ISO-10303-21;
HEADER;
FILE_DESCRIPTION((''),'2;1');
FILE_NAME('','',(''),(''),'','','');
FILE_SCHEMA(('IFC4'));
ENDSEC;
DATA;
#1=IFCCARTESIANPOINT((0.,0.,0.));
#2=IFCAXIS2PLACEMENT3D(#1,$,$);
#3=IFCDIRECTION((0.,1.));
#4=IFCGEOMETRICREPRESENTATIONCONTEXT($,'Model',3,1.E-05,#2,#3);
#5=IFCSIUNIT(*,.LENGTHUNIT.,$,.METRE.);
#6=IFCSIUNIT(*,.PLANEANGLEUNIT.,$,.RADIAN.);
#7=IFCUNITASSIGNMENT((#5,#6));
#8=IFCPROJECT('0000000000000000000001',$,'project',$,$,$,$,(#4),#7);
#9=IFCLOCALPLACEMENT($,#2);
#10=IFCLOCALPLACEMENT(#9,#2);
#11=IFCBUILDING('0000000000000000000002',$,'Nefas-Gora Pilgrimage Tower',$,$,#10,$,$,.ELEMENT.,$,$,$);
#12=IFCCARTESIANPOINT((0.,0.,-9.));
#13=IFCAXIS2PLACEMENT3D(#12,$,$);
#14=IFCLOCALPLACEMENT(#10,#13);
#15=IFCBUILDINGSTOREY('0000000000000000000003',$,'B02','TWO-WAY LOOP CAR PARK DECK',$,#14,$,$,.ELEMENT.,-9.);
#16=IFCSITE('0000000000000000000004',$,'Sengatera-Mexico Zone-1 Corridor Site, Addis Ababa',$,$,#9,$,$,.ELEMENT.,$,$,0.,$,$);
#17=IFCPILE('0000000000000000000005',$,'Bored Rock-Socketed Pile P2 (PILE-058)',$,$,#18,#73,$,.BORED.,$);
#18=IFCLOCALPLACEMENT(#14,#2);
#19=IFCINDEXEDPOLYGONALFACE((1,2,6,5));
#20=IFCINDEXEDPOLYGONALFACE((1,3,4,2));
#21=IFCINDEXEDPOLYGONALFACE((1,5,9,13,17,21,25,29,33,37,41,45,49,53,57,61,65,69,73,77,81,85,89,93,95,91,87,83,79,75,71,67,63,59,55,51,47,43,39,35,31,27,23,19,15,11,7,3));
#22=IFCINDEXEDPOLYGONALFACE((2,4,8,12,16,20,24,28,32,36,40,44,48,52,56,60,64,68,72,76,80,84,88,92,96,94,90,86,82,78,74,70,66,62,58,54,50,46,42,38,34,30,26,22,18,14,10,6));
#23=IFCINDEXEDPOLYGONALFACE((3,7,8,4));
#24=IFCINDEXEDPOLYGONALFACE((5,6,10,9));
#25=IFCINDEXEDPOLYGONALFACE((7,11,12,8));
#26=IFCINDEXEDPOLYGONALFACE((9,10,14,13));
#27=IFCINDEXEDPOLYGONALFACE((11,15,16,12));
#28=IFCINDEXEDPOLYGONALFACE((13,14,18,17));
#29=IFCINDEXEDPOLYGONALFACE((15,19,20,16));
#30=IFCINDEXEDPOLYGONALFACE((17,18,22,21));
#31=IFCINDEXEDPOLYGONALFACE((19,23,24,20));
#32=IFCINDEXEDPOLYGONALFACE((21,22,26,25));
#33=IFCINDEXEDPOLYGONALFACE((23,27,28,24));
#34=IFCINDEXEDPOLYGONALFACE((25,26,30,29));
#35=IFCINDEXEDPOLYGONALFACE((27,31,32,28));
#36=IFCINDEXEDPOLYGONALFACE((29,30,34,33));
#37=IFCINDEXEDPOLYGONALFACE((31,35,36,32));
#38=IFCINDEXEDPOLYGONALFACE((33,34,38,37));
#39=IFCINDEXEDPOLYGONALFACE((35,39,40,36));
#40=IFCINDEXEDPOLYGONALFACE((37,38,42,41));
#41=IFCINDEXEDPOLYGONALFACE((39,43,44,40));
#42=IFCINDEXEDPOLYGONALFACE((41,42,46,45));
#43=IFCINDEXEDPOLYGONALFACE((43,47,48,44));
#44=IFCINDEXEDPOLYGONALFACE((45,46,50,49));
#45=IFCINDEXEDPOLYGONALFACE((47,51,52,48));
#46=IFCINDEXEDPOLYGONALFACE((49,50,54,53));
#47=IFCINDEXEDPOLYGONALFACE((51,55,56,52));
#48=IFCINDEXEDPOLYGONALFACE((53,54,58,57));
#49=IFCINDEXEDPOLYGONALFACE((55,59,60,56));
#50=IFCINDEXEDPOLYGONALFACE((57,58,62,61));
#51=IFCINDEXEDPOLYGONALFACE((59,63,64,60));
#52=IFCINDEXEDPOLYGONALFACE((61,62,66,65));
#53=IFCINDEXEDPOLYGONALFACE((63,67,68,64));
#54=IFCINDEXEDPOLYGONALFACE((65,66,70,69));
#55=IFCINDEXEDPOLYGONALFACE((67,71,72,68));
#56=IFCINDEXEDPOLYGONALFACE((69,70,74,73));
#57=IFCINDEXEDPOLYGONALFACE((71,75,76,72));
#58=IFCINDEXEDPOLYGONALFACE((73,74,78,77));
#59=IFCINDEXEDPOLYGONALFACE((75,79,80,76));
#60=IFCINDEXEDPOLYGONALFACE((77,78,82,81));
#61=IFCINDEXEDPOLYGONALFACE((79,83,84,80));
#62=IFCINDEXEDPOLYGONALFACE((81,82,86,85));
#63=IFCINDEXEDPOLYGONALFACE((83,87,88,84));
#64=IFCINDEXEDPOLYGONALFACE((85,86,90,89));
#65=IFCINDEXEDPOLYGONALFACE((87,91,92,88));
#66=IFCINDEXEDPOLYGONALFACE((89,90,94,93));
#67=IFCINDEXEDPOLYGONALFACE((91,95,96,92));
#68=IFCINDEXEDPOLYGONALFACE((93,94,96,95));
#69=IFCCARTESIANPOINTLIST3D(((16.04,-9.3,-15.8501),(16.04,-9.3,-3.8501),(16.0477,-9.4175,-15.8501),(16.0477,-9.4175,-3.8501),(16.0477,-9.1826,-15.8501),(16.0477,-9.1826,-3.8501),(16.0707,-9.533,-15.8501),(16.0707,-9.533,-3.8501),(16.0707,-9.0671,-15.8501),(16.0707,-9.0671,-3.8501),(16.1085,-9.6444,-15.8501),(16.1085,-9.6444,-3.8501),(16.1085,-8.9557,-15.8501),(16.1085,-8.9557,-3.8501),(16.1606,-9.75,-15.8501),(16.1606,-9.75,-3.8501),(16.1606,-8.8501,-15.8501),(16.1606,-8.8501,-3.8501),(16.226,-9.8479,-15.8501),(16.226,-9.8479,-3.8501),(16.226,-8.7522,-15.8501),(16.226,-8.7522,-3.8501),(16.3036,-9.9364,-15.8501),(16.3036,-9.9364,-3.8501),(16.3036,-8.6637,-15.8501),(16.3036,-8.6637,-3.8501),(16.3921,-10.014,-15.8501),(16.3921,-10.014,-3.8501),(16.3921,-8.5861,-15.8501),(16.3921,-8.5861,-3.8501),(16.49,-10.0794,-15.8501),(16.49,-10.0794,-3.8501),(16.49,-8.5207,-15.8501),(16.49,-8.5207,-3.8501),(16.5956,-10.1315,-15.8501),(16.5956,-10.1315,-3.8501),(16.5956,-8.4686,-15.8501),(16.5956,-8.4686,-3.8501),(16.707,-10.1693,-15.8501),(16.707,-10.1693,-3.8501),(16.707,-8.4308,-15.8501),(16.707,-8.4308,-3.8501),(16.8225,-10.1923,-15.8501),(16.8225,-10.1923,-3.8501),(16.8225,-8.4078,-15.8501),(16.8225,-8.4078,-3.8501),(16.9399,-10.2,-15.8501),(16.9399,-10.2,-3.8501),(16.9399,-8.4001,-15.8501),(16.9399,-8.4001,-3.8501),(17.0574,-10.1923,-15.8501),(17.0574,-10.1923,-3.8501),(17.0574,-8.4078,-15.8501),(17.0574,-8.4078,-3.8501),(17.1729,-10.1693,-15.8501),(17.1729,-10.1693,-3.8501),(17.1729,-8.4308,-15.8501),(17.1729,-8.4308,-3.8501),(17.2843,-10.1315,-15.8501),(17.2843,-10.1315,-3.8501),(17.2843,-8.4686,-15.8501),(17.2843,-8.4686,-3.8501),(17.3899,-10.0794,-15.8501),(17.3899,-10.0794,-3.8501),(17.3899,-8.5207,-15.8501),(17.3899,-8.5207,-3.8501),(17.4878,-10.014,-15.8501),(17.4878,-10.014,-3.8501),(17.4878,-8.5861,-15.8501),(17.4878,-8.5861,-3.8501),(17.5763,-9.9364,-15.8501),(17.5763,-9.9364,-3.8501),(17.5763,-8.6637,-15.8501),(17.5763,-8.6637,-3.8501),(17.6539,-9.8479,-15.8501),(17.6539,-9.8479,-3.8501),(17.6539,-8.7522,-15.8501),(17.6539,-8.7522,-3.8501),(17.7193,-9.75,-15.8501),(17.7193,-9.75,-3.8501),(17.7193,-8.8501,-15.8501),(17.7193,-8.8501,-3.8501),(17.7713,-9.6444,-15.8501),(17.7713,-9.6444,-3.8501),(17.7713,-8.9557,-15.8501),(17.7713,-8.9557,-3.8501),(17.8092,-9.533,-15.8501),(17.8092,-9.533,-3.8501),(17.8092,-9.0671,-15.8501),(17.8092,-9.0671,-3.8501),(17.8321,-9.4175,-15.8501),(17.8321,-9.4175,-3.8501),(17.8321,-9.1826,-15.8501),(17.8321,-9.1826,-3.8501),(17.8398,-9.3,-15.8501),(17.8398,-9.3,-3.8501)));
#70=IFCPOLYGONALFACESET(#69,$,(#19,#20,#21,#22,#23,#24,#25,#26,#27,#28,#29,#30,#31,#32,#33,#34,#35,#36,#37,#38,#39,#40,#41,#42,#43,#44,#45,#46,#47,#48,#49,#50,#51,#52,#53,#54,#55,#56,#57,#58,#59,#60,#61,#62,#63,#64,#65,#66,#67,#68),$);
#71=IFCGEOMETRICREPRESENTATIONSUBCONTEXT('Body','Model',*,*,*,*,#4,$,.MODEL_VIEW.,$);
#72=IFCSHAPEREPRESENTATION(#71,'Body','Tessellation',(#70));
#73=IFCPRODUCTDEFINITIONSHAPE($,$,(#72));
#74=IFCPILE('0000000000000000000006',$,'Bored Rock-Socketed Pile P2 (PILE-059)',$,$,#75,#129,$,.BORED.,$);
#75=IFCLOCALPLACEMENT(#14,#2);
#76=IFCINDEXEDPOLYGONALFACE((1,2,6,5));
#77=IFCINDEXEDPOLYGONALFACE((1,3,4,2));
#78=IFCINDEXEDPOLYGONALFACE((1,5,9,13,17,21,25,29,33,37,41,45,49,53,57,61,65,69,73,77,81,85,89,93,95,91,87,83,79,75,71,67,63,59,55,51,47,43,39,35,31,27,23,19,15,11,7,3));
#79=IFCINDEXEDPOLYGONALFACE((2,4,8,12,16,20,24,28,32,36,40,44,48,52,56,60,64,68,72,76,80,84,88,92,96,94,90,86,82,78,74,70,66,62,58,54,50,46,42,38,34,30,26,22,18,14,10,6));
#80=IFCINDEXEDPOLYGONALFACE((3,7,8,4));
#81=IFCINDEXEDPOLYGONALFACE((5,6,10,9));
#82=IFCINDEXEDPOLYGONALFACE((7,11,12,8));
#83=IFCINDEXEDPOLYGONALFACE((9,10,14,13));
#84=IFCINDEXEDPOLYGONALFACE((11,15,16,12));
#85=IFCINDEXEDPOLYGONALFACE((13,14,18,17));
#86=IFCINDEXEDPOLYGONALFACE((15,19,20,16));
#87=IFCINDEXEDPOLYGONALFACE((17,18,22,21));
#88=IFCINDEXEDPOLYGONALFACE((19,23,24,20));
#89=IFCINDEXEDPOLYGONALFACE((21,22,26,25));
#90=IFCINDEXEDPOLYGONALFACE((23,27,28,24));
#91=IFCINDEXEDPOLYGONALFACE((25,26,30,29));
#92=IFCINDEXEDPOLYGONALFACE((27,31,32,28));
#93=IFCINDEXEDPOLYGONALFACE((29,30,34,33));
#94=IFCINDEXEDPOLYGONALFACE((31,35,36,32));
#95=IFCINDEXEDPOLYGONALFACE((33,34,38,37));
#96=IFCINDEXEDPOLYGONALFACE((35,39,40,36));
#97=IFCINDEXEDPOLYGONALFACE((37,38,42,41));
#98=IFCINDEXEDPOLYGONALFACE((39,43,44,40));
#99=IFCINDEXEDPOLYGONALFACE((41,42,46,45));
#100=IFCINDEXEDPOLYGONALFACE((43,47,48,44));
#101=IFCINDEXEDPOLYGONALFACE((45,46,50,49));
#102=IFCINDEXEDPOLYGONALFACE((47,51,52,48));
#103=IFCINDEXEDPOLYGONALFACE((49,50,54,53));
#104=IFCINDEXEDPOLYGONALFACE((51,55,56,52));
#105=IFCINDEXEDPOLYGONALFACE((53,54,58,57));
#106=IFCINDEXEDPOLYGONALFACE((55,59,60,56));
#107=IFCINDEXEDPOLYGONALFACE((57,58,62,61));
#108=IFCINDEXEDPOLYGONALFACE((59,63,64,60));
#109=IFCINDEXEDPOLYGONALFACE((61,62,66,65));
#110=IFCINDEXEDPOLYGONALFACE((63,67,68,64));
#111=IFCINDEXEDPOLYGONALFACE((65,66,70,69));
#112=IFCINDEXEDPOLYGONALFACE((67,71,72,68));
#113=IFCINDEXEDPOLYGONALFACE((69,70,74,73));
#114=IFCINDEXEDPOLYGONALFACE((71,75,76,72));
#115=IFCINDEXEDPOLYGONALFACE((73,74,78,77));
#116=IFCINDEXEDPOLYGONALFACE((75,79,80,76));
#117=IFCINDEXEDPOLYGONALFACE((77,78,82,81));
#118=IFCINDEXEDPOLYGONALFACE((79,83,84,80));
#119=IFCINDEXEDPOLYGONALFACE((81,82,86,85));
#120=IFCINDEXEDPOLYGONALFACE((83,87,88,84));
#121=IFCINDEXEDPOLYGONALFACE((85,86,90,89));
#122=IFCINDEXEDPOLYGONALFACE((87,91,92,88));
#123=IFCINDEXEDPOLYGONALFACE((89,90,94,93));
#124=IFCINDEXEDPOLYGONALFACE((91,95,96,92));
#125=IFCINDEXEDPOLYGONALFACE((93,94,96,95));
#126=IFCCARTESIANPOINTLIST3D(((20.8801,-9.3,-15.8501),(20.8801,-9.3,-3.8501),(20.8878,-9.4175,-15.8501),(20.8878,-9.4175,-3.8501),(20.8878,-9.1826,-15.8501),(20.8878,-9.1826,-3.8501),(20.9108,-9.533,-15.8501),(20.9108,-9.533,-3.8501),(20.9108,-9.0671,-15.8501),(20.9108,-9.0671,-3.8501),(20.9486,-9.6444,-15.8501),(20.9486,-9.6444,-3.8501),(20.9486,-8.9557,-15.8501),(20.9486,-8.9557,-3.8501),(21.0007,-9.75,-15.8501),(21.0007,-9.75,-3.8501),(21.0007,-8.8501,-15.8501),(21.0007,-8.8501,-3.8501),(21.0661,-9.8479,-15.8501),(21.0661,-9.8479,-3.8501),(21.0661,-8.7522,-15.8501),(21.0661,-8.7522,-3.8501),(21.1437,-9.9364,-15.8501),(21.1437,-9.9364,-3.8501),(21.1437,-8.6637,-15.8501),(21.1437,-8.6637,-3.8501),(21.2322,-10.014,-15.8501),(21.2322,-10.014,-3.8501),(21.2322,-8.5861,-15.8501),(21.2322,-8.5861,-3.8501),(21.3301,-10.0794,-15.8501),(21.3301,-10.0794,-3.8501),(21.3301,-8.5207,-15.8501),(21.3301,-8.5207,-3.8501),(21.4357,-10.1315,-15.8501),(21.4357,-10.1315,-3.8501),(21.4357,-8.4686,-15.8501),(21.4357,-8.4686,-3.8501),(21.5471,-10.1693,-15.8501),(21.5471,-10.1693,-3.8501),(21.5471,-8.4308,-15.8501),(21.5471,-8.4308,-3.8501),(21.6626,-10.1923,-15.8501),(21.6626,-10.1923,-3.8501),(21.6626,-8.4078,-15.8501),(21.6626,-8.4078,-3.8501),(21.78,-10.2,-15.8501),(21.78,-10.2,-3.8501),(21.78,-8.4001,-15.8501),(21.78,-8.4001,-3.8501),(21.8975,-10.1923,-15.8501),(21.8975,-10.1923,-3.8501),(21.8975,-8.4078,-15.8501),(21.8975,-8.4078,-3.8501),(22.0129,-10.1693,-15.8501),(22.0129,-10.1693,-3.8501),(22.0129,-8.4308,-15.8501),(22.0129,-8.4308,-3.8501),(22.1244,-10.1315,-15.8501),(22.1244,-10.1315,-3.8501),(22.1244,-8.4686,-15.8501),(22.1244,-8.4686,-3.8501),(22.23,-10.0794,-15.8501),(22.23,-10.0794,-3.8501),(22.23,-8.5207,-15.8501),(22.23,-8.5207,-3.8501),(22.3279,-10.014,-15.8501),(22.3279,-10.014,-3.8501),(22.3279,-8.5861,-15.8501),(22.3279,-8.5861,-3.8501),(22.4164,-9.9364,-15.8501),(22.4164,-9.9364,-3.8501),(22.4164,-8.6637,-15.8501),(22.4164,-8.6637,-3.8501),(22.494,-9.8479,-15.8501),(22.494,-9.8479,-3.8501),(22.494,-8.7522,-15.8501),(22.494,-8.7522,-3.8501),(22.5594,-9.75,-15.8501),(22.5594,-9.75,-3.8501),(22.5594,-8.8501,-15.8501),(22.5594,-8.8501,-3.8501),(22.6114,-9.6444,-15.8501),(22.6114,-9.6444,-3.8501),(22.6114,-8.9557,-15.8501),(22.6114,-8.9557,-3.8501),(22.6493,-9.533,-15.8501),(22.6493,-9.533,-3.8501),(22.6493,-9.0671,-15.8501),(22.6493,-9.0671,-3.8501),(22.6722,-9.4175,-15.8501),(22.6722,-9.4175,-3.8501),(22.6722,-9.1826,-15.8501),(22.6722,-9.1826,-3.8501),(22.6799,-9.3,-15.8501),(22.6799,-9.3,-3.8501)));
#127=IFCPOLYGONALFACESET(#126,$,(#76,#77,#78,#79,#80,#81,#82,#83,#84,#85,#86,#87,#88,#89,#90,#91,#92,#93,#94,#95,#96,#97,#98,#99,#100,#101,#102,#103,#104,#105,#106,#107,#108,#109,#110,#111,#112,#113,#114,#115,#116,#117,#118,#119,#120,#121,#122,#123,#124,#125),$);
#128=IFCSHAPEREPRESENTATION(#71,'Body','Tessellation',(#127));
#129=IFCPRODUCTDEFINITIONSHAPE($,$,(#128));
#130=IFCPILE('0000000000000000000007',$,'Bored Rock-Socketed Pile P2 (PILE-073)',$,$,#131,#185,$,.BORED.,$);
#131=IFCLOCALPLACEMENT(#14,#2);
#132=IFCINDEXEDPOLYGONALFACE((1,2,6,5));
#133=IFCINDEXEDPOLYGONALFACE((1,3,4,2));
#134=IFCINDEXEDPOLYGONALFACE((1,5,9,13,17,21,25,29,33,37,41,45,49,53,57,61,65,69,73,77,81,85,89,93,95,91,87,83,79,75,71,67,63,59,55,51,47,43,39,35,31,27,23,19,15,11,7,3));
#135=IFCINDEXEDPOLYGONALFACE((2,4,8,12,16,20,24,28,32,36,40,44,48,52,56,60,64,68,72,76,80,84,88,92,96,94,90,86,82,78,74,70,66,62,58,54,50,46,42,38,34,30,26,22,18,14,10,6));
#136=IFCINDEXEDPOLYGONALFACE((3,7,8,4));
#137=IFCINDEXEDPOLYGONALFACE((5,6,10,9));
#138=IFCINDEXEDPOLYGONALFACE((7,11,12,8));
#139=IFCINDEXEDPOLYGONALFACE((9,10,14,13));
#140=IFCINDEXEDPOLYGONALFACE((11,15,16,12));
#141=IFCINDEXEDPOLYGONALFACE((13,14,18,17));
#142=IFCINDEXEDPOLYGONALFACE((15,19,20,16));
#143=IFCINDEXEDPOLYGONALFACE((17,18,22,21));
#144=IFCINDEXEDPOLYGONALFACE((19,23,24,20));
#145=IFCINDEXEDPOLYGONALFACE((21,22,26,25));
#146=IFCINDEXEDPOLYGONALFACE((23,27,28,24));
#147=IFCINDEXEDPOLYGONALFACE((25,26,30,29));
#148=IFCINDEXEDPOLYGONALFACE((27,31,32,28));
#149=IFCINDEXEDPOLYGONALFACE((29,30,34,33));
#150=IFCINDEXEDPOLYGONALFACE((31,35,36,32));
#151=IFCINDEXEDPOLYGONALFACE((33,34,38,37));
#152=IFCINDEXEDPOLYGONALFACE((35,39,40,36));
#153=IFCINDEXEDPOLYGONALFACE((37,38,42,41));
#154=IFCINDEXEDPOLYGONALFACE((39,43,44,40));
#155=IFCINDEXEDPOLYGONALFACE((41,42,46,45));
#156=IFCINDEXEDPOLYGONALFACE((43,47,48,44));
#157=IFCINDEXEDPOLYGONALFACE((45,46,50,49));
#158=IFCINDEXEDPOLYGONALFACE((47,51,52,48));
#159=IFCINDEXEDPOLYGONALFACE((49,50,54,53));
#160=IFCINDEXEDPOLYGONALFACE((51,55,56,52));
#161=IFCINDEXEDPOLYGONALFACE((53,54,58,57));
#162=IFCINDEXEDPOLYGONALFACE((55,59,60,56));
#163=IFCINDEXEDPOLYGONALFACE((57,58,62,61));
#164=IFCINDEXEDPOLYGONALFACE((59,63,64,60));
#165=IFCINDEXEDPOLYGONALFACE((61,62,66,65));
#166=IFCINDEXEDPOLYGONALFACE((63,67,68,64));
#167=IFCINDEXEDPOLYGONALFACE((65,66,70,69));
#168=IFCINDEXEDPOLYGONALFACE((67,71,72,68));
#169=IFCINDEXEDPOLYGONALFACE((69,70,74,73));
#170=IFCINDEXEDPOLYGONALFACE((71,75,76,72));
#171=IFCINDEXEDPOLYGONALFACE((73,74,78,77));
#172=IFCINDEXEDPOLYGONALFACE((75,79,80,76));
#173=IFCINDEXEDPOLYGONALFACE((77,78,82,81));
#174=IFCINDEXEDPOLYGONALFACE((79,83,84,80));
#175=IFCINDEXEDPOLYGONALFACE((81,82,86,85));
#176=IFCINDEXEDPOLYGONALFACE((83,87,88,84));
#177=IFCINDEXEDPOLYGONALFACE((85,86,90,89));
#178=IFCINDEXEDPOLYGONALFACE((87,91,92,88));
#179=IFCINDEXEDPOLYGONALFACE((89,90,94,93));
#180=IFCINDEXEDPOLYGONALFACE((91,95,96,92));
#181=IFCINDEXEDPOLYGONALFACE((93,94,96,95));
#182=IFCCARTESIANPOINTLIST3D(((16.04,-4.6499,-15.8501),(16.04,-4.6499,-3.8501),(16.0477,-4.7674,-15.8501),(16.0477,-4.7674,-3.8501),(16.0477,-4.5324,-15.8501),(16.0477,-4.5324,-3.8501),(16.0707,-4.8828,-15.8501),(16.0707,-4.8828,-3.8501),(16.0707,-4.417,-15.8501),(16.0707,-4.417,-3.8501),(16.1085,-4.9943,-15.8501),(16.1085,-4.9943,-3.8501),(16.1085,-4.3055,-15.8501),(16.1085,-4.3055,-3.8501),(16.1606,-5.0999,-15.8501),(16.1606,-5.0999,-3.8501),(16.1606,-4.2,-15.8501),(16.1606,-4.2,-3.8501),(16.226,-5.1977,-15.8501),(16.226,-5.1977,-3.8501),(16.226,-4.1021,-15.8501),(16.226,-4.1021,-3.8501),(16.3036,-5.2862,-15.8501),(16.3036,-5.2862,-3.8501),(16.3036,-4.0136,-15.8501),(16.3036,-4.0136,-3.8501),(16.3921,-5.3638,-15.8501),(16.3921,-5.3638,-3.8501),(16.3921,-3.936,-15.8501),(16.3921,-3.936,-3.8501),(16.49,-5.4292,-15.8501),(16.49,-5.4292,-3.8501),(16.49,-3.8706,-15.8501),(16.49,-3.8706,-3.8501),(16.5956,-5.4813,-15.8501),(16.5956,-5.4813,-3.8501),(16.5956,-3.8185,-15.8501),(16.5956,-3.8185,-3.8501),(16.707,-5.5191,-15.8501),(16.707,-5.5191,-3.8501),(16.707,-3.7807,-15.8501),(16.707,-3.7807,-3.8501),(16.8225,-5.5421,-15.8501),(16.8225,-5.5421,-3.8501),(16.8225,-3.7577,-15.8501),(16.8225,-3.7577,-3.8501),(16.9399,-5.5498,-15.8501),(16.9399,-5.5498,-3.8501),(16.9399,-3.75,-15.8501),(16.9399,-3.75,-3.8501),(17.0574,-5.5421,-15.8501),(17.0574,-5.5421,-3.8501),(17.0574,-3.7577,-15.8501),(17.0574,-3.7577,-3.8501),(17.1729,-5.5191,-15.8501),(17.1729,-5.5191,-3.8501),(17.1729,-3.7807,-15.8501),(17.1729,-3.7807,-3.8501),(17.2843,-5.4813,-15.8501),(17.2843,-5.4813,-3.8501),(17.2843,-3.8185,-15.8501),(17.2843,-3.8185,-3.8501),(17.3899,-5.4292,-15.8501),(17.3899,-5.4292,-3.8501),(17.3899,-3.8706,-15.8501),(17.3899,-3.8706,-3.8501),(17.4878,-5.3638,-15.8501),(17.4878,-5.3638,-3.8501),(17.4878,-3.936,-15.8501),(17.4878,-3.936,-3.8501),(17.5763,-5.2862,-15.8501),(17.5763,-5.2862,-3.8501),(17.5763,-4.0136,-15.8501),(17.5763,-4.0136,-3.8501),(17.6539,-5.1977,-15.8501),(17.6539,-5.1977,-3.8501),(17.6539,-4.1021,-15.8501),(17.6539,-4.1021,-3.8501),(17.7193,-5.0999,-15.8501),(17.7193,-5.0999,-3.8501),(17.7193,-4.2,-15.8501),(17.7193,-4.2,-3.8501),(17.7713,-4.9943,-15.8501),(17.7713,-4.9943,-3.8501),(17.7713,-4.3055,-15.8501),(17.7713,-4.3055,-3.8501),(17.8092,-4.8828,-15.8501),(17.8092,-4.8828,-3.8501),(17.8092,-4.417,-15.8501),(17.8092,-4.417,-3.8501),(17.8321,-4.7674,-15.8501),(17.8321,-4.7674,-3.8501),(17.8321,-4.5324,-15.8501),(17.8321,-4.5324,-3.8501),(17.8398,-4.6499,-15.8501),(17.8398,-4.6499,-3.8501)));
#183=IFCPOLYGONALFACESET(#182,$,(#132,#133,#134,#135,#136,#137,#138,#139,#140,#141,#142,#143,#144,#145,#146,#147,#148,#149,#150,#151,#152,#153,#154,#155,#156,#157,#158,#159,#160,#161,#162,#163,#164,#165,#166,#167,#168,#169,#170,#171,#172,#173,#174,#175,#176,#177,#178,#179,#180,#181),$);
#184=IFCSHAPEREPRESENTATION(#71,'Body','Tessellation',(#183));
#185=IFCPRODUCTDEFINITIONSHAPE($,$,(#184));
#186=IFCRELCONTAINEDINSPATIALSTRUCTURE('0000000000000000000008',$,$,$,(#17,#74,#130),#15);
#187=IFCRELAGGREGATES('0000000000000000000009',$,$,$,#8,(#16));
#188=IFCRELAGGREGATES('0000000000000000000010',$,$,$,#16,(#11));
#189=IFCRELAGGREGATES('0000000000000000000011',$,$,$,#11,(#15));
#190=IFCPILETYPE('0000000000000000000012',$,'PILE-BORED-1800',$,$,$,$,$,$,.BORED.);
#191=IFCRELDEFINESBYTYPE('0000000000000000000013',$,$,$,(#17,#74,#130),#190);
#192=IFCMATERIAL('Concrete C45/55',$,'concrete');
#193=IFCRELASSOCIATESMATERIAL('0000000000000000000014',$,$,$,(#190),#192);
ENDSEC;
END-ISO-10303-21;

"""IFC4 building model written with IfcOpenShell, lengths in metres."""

from ifc_helpers import new_model, si_unit, direction, frame, origin, origin_2d, place, context, subcontext, project, spatial, circle, extrude, source, transform, mapped, material, material_profile, profile_set, type_object, element, save


model = new_model("IFC4")

# Units and contexts
model_context = context("Model", 3, precision=1e-05, world=origin(), true_north=direction((0.0, 1.0)))
body_context = subcontext(model_context, "Body", "Model", "MODEL_VIEW")
ifc_project = project(units=[si_unit("LENGTHUNIT", "METRE"), si_unit("PLANEANGLEUNIT", "RADIAN")], contexts=[model_context])

# Site, building, storey
site_placement = place(None, origin())
site = spatial("IfcSite", under=ifc_project, at=site_placement, Name="Sengatera-Mexico Zone-1 Corridor Site, Addis Ababa", CompositionType="ELEMENT", RefElevation=0.0)
building_placement = place(site_placement, origin())
building = spatial("IfcBuilding", under=site, at=building_placement, Name="Nefas-Gora Pilgrimage Tower", CompositionType="ELEMENT")
storey_placement = place(building_placement, frame((0.0, 0.0, -9.0)))
storey = spatial("IfcBuildingStorey", under=building, at=storey_placement, Name="B02", Description="TWO-WAY LOOP CAR PARK DECK", CompositionType="ELEMENT", Elevation=-9.0)

# Piles
ifc_material_1 = material(Name="Concrete C45/55", Category="concrete")
ifc_material_profile_1 = material_profile(ifc_material_1, circle(Radius=0.8999, at=origin_2d()), Name="PILE D1800")
ifc_profile_set_1 = profile_set([ifc_material_profile_1], Name="Concrete C45/55")
pile_type_1 = type_object("IfcPileType", Name="PILE-BORED-1800", PredefinedType="BORED", material=ifc_profile_set_1)
shared_shape_1 = source(origin(), body_context, "Body", "SweptSolid", [
    extrude(circle(Radius=0.8999, at=origin_2d()), origin(), (0.0, 0.0, 1.0), 12.0),
])
for number, where, z_axis, x_axis, name in (
    (1, (16.9399, -9.3, -3.8501), (0.0, 0.0, -1.0), (1.0, 0.0, 0.0), "Bored Rock-Socketed Pile P2 (PILE-058)"),
    (2, (21.78, -9.3, -3.8501), (0.0, 0.0, -1.0), (1.0, 0.0, 0.0), "Bored Rock-Socketed Pile P2 (PILE-059)"),
    (3, (16.9399, -4.6499, -3.8501), (0.0, 0.0, -1.0), (1.0, 0.0, 0.0), "Bored Rock-Socketed Pile P2 (PILE-073)"),
):
    element("IfcPile", number, at=place(storey_placement, frame(where, z_axis=z_axis, x_axis=x_axis)), inside=storey, type_object=pile_type_1, Name=name, PredefinedType="BORED", context=body_context, shape_type="MappedRepresentation", body=[
        mapped(shared_shape_1, transform((0.0, 0.0, 0.0), x_axis=(1.0, 0.0, 0.0), y_axis=(0.0, 1.0, 0.0), z_axis=(0.0, 0.0, 1.0), scale=1.0)),
    ])

save(model, "model.ifc")
